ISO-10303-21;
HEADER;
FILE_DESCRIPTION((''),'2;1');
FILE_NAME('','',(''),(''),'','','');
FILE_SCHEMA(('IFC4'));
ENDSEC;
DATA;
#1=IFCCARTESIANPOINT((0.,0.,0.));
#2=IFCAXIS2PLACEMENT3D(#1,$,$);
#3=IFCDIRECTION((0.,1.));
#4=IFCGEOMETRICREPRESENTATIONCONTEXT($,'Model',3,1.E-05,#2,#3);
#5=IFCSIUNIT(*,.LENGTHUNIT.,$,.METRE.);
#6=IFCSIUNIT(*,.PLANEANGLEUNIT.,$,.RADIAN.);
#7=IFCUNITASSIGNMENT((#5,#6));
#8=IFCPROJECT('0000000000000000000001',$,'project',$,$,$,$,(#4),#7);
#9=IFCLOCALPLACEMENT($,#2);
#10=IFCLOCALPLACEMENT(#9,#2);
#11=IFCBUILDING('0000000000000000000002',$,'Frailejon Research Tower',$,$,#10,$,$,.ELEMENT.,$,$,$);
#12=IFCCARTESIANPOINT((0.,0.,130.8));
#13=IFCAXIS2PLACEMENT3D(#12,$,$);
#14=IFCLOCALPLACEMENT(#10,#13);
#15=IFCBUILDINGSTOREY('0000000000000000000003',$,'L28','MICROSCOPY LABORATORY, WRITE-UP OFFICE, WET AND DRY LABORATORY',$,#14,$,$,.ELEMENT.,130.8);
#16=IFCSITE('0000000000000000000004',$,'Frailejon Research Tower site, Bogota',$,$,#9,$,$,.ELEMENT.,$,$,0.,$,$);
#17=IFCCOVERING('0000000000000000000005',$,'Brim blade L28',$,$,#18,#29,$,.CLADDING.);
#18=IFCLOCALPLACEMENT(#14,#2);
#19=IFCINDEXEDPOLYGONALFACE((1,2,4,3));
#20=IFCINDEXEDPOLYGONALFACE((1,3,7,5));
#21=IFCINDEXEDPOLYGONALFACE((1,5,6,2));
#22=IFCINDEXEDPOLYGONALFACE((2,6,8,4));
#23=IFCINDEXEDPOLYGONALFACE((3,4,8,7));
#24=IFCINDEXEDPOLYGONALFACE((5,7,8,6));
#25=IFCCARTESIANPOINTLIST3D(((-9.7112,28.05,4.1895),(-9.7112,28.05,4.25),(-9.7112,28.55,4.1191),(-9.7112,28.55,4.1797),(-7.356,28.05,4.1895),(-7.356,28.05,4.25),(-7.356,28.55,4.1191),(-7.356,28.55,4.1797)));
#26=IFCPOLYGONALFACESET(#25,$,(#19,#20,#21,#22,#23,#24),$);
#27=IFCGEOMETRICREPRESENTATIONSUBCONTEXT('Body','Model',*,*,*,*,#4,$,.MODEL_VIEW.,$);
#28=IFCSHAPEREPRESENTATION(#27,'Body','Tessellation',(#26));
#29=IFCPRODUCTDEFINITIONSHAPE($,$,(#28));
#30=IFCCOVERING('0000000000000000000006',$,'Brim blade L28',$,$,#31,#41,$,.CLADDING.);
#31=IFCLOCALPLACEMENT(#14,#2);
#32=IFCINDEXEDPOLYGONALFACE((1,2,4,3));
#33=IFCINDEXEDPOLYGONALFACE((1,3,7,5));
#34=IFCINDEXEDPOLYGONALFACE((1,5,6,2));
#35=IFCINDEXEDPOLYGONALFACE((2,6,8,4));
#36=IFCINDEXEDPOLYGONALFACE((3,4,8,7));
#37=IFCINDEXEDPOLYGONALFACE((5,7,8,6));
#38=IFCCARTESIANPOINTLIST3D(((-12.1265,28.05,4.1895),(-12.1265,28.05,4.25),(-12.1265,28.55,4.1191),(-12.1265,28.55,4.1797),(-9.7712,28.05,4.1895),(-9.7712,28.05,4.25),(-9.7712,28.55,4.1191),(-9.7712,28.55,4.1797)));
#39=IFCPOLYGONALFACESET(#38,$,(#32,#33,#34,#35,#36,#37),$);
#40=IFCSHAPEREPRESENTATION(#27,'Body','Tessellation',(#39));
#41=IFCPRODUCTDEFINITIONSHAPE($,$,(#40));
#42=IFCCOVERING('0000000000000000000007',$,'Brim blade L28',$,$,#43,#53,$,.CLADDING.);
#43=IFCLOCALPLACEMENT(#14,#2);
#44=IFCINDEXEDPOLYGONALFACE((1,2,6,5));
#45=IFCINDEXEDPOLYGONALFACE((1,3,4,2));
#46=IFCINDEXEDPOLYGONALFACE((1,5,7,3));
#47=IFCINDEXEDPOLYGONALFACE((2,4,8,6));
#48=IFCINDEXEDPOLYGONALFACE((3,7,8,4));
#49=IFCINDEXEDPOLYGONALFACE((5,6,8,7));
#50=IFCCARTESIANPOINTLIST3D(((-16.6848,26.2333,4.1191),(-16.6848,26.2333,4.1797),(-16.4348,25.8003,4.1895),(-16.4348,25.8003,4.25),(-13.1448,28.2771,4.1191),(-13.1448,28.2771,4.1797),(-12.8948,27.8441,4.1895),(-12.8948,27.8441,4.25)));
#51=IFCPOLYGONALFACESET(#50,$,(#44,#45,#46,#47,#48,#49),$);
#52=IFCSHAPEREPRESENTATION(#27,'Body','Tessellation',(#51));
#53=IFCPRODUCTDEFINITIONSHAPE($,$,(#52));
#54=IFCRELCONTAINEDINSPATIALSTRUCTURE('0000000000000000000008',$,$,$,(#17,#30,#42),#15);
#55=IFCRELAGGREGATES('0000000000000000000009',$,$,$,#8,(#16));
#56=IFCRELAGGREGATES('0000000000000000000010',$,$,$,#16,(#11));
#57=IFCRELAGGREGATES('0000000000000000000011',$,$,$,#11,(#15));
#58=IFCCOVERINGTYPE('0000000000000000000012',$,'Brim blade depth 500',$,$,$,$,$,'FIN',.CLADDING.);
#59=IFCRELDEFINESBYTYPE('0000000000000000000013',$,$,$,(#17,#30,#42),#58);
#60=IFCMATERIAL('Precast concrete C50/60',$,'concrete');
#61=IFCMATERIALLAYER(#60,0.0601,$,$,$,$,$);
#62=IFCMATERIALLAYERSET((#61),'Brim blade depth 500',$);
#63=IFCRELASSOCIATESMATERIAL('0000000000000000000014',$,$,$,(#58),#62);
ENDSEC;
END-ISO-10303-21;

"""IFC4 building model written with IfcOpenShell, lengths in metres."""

from ifc_helpers import new_model, si_unit, direction, frame, origin, place, context, subcontext, project, spatial, polyline, outline, extrude, material, layer, layer_set, type_object, element, save


model = new_model("IFC4")

# Units and contexts
model_context = context("Model", 3, precision=1e-05, world=origin(), true_north=direction((0.0, 1.0)))
body_context = subcontext(model_context, "Body", "Model", "MODEL_VIEW")
ifc_project = project(units=[si_unit("LENGTHUNIT", "METRE"), si_unit("PLANEANGLEUNIT", "RADIAN")], contexts=[model_context])

# Site, building, storey
site_placement = place(None, origin())
site = spatial("IfcSite", under=ifc_project, at=site_placement, Name="Frailejon Research Tower site, Bogota", CompositionType="ELEMENT", RefElevation=0.0)
building_placement = place(site_placement, origin())
building = spatial("IfcBuilding", under=site, at=building_placement, Name="Frailejon Research Tower", CompositionType="ELEMENT")
storey_placement = place(building_placement, frame((0.0, 0.0, 130.8)))
storey = spatial("IfcBuildingStorey", under=building, at=storey_placement, Name="L28", Description="MICROSCOPY LABORATORY, WRITE-UP OFFICE, WET AND DRY LABORATORY", CompositionType="ELEMENT", Elevation=130.8)

# Coverings
ifc_material_1 = material(Name="Precast concrete C50/60", Category="concrete")
ifc_layer_1 = layer(ifc_material_1, 0.0601)
ifc_layer_set_1 = layer_set([ifc_layer_1], Name="Brim blade depth 500")
covering_type_1 = type_object("IfcCoveringType", Name="Brim blade depth 500", ElementType="FIN", PredefinedType="CLADDING", material=ifc_layer_set_1)
for number, where, z_axis, x_axis, name in (
    (1, (-9.7112, 28.05, 4.25), (1.0, 0.0, 0.0), (0.0, 1.0, 0.0), "Brim blade L28"),
    (2, (-12.1265, 28.05, 4.25), (1.0, 0.0, 0.0), (0.0, 1.0, 0.0), "Brim blade L28"),
):
    element("IfcCovering", number, at=place(storey_placement, frame(where, z_axis=z_axis, x_axis=x_axis)), inside=storey, type_object=covering_type_1, Name=name, PredefinedType="CLADDING", context=body_context, shape_type="SweptSolid", body=[
        extrude(outline(polyline([(0.0, -0.0605), (0.5, -0.1309), (0.5, -0.0703), (0.0, 0.0), (0.0, -0.0605)])), origin(), (0.0, 0.0, 1.0), 2.3552),
    ])
covering_placement = place(storey_placement, frame((-16.4348, 25.8003, 4.25), z_axis=(0.866027, 0.499997, 0.0), x_axis=(-0.499997, 0.866027, 0.0)))
element("IfcCovering", 3, at=covering_placement, inside=storey, type_object=covering_type_1, Name="Brim blade L28", PredefinedType="CLADDING", context=body_context, shape_type="SweptSolid", body=[
    extrude(outline(polyline([(0.0, -0.0605), (0.5, -0.1309), (0.5, -0.0703), (0.0, 0.0), (0.0, -0.0605)])), origin(), (0.0, 0.0, 1.0), 4.0876),
])

save(model, "model.ifc")
